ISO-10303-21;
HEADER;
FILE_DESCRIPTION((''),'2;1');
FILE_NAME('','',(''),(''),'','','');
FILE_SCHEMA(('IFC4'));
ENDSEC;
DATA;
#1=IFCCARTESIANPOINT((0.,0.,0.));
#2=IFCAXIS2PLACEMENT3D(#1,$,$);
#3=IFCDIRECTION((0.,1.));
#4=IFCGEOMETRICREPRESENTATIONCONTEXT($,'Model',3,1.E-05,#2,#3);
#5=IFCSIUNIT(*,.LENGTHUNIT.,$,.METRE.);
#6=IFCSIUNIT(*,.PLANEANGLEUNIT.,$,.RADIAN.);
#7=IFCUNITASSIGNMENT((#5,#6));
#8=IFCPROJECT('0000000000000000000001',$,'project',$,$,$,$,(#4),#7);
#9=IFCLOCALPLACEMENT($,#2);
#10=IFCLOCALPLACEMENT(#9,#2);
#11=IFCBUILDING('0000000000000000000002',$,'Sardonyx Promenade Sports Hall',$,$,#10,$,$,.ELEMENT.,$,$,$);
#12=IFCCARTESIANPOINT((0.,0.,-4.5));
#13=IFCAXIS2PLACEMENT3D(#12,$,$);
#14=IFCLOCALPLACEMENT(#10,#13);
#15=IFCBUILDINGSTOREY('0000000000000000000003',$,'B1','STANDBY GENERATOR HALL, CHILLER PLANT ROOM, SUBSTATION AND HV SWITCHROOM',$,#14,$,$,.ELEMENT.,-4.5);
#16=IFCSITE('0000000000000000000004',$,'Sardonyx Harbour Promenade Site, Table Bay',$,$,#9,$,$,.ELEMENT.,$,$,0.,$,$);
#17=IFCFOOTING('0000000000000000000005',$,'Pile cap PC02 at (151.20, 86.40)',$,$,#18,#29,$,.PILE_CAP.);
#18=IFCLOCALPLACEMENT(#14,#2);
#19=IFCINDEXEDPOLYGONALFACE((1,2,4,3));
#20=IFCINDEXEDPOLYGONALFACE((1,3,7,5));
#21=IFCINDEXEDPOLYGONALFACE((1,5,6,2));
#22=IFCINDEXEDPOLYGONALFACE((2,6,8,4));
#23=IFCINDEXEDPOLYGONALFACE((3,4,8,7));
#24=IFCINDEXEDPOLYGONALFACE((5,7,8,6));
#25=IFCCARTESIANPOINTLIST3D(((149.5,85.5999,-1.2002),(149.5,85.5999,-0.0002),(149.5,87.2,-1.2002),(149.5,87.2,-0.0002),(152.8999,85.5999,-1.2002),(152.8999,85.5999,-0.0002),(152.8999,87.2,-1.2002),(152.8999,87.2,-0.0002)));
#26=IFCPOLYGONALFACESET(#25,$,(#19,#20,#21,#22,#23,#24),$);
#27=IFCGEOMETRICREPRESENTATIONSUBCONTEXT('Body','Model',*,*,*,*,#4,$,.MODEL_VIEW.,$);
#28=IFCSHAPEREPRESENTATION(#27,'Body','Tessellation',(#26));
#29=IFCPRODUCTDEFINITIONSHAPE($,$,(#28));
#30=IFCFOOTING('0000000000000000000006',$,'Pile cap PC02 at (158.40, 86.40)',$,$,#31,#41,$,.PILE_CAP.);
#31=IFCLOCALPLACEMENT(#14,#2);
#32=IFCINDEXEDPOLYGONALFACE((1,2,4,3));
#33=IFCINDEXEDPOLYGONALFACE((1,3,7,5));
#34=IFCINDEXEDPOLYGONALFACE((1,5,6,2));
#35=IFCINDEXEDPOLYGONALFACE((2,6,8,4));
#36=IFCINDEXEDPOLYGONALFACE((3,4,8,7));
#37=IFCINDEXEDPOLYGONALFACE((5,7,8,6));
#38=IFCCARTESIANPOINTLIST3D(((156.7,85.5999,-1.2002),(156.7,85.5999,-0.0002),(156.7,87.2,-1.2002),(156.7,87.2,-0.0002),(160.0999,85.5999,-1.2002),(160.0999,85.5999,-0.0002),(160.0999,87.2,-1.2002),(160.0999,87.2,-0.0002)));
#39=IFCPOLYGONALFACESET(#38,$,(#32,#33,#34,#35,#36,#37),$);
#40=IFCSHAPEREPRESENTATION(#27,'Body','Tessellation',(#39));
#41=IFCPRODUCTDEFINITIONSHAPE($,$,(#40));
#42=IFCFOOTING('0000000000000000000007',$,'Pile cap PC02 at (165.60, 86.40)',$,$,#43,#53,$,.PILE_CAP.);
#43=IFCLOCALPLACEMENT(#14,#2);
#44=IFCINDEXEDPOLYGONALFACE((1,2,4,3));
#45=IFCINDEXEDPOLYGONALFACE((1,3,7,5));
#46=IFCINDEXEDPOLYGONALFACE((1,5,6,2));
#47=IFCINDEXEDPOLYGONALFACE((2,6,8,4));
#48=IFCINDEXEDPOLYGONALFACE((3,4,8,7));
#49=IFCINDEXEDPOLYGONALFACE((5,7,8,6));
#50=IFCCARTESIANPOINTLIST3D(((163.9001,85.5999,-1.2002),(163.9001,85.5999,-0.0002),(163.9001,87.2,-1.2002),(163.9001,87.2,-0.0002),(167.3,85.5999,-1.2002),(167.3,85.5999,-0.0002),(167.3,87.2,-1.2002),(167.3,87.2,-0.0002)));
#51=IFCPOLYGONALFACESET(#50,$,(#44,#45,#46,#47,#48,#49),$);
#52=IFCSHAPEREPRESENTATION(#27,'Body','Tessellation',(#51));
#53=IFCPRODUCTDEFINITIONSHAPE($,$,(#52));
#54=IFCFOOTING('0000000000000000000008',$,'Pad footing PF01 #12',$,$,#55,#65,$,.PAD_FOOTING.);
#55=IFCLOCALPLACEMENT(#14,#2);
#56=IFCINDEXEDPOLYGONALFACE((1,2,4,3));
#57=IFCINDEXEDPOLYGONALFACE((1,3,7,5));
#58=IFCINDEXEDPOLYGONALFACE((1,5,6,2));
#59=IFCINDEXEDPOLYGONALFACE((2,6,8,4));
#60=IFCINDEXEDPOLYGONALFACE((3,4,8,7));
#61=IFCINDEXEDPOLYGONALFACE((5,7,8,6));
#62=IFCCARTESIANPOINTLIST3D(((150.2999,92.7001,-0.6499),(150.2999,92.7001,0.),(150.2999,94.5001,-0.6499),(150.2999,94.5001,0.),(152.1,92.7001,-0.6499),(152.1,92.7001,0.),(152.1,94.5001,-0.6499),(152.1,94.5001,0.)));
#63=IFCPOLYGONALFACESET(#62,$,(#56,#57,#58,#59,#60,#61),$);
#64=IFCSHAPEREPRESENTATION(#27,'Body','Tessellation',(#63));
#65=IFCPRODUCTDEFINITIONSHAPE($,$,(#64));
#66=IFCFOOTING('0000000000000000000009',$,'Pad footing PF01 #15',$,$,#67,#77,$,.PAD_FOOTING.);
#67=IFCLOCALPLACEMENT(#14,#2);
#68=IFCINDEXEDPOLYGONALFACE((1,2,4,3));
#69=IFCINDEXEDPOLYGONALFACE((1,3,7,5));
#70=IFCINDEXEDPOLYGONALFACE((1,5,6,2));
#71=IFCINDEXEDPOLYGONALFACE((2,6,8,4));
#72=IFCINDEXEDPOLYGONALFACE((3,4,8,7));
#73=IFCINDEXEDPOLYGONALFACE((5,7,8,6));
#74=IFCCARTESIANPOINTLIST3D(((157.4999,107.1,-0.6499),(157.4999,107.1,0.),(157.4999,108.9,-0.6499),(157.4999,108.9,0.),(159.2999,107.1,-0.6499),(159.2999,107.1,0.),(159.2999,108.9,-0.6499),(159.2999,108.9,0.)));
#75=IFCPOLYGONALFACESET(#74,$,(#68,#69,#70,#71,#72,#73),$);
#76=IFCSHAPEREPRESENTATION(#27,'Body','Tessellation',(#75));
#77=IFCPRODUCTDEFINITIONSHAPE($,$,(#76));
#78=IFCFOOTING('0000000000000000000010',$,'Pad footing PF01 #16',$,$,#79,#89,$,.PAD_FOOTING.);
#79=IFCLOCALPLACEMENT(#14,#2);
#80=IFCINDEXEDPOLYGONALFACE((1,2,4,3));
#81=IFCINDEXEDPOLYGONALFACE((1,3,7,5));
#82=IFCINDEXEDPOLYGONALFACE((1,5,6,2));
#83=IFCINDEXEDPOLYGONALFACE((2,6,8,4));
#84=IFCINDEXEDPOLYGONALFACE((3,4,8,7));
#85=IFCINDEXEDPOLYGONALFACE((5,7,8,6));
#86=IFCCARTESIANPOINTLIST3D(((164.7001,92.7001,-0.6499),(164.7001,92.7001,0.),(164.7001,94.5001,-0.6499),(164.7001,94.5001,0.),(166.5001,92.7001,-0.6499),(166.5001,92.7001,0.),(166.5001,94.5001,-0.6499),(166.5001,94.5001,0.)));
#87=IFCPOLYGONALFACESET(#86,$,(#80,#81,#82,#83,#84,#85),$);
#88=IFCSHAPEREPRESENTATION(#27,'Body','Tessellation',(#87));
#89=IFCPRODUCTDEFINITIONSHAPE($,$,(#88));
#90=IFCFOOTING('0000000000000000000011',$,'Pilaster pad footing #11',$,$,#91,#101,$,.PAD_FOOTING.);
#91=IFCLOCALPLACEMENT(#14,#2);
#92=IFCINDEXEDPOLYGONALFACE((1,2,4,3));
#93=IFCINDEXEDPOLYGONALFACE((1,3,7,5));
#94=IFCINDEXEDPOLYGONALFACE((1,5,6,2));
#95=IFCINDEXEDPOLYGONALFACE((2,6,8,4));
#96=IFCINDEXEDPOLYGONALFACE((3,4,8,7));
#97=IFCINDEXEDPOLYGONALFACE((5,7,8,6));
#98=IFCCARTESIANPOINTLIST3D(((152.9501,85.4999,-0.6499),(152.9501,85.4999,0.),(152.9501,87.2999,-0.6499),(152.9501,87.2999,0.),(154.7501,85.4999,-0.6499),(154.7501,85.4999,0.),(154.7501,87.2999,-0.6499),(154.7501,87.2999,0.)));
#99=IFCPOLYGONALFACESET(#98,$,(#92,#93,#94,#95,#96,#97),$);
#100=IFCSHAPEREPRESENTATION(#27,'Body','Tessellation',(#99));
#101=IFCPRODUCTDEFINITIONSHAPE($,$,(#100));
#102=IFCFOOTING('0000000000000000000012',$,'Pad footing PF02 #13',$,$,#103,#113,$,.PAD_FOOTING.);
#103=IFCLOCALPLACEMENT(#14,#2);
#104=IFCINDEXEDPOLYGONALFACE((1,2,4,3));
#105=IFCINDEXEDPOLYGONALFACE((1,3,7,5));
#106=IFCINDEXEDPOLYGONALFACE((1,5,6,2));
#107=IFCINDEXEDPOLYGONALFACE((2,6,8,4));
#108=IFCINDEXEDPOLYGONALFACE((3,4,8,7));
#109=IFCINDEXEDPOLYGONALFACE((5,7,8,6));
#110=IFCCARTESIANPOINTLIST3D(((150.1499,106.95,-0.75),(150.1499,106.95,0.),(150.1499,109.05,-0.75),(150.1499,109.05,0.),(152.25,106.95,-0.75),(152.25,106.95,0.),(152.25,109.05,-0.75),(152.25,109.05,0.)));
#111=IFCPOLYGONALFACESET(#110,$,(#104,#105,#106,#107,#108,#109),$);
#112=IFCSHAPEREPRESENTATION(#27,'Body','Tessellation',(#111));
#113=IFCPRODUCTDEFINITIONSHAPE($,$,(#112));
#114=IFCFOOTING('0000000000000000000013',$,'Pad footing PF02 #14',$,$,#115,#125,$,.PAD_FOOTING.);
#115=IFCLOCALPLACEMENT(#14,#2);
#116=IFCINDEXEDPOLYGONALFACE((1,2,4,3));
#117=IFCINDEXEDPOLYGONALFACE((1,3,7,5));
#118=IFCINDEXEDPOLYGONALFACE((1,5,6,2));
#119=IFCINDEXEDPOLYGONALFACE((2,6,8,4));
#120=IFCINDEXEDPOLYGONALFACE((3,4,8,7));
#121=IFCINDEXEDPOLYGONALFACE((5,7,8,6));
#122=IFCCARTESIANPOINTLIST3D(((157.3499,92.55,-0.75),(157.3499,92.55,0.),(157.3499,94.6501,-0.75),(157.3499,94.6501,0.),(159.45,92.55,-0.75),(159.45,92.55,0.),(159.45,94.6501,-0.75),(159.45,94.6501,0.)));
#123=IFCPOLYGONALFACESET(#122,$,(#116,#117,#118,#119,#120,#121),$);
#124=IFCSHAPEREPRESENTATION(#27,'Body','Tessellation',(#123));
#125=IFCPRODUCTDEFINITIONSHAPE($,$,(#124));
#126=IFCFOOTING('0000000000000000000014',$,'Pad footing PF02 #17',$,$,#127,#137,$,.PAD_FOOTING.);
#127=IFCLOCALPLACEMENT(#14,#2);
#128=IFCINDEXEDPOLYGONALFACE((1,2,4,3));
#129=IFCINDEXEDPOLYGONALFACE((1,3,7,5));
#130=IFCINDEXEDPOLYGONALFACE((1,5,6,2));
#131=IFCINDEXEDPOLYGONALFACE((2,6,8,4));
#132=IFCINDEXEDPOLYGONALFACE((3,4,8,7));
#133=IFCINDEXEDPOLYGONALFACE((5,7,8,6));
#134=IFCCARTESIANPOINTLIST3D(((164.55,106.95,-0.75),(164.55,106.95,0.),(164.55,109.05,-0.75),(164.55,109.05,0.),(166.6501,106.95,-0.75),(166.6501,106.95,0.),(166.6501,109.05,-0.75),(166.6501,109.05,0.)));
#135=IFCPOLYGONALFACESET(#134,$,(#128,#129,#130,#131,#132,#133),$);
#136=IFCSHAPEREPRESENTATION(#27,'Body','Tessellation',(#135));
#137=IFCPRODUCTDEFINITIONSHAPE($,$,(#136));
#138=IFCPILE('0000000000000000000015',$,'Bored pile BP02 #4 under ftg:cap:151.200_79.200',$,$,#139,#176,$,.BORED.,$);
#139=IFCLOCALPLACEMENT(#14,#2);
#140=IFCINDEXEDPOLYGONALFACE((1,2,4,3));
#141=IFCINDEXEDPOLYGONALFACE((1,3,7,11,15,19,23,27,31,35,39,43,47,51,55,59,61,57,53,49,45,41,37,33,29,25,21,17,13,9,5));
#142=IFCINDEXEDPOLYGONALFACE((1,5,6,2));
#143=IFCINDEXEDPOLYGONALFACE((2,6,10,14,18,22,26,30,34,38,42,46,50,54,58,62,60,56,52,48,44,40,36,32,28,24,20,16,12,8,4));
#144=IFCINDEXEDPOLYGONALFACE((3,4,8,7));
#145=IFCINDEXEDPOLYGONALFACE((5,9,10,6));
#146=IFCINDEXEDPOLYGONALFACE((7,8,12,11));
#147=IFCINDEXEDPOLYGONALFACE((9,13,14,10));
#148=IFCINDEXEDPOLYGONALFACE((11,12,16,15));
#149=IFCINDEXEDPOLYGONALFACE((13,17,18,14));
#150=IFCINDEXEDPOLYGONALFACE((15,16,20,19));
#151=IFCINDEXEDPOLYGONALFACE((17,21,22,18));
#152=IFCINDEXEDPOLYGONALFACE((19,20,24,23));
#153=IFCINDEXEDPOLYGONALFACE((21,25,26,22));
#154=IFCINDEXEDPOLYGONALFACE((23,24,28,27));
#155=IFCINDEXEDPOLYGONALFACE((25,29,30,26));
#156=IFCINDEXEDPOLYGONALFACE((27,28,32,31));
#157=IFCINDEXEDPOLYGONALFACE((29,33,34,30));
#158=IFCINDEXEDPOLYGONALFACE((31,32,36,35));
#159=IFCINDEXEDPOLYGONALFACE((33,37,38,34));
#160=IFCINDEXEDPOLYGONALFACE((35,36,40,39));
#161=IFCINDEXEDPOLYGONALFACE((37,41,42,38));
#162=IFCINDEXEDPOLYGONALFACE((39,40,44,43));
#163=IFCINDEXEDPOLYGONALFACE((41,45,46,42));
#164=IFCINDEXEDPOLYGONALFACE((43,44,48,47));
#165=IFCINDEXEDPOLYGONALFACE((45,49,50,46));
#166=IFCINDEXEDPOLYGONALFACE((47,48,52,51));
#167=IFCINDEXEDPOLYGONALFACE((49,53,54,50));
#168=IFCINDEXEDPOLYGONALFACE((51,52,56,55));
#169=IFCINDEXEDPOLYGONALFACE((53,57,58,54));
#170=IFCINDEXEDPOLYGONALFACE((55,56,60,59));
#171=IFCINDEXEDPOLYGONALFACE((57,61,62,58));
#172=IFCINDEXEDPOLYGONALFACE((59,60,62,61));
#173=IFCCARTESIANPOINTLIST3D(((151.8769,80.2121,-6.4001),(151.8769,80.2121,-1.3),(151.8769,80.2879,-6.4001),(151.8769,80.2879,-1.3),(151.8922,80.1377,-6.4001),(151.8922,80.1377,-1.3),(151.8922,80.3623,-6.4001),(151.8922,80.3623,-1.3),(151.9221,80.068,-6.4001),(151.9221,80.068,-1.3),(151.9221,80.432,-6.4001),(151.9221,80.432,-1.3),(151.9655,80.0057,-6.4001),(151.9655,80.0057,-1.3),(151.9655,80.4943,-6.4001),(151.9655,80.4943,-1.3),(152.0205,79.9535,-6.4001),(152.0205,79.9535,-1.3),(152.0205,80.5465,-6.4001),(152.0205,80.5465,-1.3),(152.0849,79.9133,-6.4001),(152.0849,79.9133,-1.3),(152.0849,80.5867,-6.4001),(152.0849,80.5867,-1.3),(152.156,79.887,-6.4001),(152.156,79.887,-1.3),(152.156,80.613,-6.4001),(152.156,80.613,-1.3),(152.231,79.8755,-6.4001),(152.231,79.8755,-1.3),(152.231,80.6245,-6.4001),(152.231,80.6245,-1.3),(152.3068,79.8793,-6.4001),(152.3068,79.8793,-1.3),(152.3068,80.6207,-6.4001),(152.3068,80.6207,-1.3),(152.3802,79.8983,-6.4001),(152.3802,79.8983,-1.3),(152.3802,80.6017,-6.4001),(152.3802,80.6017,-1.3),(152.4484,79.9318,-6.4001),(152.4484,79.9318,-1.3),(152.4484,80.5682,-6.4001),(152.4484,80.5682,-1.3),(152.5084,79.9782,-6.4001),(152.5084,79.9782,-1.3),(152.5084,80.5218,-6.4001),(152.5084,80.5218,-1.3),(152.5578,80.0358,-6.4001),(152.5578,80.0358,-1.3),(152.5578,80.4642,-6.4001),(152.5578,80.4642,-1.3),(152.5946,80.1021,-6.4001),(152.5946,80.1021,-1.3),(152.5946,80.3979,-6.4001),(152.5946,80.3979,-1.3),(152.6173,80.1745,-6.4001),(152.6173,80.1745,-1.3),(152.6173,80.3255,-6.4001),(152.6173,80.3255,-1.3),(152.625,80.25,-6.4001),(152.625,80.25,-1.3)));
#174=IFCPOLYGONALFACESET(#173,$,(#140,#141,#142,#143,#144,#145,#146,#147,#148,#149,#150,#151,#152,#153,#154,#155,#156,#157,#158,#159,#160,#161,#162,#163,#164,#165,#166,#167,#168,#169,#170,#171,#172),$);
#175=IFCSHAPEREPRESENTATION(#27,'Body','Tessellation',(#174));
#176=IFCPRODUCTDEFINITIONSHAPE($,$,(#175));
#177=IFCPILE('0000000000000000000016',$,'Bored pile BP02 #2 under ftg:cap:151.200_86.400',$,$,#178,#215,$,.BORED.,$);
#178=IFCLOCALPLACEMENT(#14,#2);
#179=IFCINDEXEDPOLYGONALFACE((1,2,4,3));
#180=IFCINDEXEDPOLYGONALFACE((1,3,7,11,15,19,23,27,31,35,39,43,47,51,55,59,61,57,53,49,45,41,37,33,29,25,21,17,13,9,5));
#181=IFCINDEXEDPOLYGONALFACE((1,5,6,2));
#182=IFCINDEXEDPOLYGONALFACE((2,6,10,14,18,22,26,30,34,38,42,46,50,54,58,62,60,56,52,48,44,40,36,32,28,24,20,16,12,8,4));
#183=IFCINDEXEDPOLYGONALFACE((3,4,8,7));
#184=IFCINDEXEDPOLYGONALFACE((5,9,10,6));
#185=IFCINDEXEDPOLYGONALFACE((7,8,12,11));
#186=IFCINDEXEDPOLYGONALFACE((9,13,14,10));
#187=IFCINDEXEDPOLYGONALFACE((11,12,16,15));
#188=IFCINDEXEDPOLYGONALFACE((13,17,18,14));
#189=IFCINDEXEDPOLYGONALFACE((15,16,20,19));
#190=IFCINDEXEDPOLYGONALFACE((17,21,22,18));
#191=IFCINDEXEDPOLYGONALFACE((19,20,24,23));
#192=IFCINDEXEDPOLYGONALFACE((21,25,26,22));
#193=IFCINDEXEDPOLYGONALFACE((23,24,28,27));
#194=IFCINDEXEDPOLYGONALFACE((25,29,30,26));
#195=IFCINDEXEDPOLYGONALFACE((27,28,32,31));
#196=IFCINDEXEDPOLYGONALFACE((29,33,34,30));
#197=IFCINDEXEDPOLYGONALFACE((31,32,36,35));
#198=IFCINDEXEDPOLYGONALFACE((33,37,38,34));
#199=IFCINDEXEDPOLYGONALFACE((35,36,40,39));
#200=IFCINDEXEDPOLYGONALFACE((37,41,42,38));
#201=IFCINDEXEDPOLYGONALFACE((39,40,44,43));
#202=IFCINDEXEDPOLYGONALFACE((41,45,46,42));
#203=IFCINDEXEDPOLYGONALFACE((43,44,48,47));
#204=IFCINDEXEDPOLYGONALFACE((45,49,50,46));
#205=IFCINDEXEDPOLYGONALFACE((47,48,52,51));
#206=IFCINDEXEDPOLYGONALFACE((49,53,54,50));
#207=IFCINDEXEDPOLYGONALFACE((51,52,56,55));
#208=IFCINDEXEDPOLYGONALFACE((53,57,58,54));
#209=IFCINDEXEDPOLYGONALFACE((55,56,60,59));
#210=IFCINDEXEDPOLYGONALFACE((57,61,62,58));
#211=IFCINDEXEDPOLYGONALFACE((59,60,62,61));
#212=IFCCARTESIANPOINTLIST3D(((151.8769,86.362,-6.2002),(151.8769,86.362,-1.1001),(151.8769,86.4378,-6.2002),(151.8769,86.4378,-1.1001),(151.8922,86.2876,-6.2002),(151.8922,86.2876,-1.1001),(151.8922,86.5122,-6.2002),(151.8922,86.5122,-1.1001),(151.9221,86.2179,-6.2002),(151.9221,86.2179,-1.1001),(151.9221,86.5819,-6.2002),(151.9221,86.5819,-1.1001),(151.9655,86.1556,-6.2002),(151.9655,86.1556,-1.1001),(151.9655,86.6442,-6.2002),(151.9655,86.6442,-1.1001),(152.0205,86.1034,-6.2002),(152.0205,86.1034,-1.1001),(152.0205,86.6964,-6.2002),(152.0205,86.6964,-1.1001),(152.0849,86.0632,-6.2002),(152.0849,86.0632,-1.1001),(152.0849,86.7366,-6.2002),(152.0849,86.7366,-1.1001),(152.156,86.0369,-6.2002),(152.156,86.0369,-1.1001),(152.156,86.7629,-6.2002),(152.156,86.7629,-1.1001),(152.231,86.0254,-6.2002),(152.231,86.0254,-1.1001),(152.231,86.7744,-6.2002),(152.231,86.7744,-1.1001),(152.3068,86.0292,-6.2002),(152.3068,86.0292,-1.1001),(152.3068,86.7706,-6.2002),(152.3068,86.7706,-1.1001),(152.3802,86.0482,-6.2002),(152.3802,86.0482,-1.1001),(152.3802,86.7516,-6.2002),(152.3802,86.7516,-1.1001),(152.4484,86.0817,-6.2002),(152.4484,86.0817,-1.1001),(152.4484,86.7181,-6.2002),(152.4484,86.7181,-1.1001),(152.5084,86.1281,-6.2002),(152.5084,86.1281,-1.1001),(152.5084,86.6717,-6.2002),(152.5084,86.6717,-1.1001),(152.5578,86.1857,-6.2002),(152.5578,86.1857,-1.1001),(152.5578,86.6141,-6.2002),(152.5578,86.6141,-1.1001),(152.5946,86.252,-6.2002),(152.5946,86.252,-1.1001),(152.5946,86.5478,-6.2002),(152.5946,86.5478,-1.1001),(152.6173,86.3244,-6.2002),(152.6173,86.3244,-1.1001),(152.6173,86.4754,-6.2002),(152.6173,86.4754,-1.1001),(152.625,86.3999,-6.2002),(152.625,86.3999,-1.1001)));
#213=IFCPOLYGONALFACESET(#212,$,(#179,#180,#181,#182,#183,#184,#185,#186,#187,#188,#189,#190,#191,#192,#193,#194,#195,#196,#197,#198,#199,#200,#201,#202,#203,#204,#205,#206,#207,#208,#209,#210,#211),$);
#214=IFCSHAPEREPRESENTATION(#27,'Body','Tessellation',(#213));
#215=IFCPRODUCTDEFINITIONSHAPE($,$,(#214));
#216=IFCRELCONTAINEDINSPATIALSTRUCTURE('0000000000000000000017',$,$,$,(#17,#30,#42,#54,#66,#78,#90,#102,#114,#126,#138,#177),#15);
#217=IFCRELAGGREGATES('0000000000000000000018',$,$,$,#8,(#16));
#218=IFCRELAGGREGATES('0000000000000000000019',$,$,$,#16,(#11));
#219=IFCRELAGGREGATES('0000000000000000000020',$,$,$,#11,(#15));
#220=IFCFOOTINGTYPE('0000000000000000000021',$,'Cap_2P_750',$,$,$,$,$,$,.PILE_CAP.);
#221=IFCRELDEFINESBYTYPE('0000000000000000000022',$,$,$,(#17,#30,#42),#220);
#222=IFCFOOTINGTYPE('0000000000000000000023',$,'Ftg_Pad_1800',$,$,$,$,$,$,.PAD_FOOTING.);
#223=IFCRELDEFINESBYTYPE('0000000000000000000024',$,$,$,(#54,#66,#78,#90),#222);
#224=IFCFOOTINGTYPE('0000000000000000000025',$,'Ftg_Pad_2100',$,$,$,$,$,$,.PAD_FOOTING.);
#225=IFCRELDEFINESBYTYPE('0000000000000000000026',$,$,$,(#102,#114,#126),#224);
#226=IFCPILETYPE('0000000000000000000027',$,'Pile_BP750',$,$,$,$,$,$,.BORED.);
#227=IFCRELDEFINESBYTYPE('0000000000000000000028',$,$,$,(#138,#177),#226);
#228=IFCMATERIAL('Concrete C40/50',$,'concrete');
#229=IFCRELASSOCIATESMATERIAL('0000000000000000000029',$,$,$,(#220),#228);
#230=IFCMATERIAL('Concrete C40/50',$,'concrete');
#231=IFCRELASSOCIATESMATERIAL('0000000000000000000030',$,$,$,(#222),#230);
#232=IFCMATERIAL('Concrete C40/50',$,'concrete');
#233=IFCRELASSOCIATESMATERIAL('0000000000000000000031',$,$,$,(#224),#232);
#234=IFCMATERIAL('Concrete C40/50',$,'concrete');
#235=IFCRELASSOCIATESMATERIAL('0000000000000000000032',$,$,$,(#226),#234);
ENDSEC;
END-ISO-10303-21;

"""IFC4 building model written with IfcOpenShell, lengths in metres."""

from ifc_helpers import new_model, si_unit, direction, frame, origin, origin_2d, place, context, subcontext, project, spatial, rectangle, circle, extrude, material, material_profile, profile_set, type_object, element, save


model = new_model("IFC4")

# Units and contexts
model_context = context("Model", 3, precision=1e-05, world=origin(), true_north=direction((0.0, 1.0)))
body_context = subcontext(model_context, "Body", "Model", "MODEL_VIEW")
ifc_project = project(units=[si_unit("LENGTHUNIT", "METRE"), si_unit("PLANEANGLEUNIT", "RADIAN")], contexts=[model_context])

# Site, building, storey
site_placement = place(None, origin())
site = spatial("IfcSite", under=ifc_project, at=site_placement, Name="Sardonyx Harbour Promenade Site, Table Bay", CompositionType="ELEMENT", RefElevation=0.0)
building_placement = place(site_placement, origin())
building = spatial("IfcBuilding", under=site, at=building_placement, Name="Sardonyx Promenade Sports Hall", CompositionType="ELEMENT")
storey_placement = place(building_placement, frame((0.0, 0.0, -4.5)))
storey = spatial("IfcBuildingStorey", under=building, at=storey_placement, Name="B1", Description="STANDBY GENERATOR HALL, CHILLER PLANT ROOM, SUBSTATION AND HV SWITCHROOM", CompositionType="ELEMENT", Elevation=-4.5)

# Footings
ifc_material_1 = material(Name="Concrete C40/50", Category="concrete")
footing_type_1 = type_object("IfcFootingType", Name="Cap_2P_750", PredefinedType="PILE_CAP", material=ifc_material_1)
for number, where, z_axis, x_axis, name in (
    (1, (151.2, 86.3999, -1.2002), (0.0, 0.0, 1.0), (1.0, 0.0, 0.0), "Pile cap PC02 at (151.20, 86.40)"),
    (2, (158.3999, 86.3999, -1.2002), (0.0, 0.0, 1.0), (1.0, 0.0, 0.0), "Pile cap PC02 at (158.40, 86.40)"),
    (3, (165.6001, 86.3999, -1.2002), (0.0, 0.0, 1.0), (1.0, 0.0, 0.0), "Pile cap PC02 at (165.60, 86.40)"),
):
    element("IfcFooting", number, at=place(storey_placement, frame(where, z_axis=z_axis, x_axis=x_axis)), inside=storey, type_object=footing_type_1, Name=name, PredefinedType="PILE_CAP", context=body_context, shape_type="SweptSolid", body=[
        extrude(rectangle(XDim=3.3999, YDim=1.6001, at=origin_2d()), origin(), (0.0, 0.0, 1.0), 1.2),
    ])
ifc_material_2 = material(Name="Concrete C40/50", Category="concrete")
footing_type_2 = type_object("IfcFootingType", Name="Ftg_Pad_1800", PredefinedType="PAD_FOOTING", material=ifc_material_2)
for number, where, z_axis, x_axis, name in (
    (4, (151.2, 93.6001, -0.6499), (0.0, 0.0, 1.0), (1.0, 0.0, 0.0), "Pad footing PF01 #12"),
    (5, (158.3999, 108.0, -0.6499), (0.0, 0.0, 1.0), (1.0, 0.0, 0.0), "Pad footing PF01 #15"),
    (6, (165.6001, 93.6001, -0.6499), (0.0, 0.0, 1.0), (1.0, 0.0, 0.0), "Pad footing PF01 #16"),
    (7, (153.8501, 86.3999, -0.6499), (0.0, 0.0, 1.0), (1.0, 0.0, 0.0), "Pilaster pad footing #11"),
):
    element("IfcFooting", number, at=place(storey_placement, frame(where, z_axis=z_axis, x_axis=x_axis)), inside=storey, type_object=footing_type_2, Name=name, PredefinedType="PAD_FOOTING", context=body_context, shape_type="SweptSolid", body=[
        extrude(rectangle(XDim=1.8, YDim=1.8, at=origin_2d()), origin(), (0.0, 0.0, 1.0), 0.6499),
    ])
ifc_material_3 = material(Name="Concrete C40/50", Category="concrete")
footing_type_3 = type_object("IfcFootingType", Name="Ftg_Pad_2100", PredefinedType="PAD_FOOTING", material=ifc_material_3)
for number, where, z_axis, x_axis, name in (
    (8, (151.2, 108.0, -0.75), (0.0, 0.0, 1.0), (1.0, 0.0, 0.0), "Pad footing PF02 #13"),
    (9, (158.3999, 93.6001, -0.75), (0.0, 0.0, 1.0), (1.0, 0.0, 0.0), "Pad footing PF02 #14"),
    (10, (165.6001, 108.0, -0.75), (0.0, 0.0, 1.0), (1.0, 0.0, 0.0), "Pad footing PF02 #17"),
):
    element("IfcFooting", number, at=place(storey_placement, frame(where, z_axis=z_axis, x_axis=x_axis)), inside=storey, type_object=footing_type_3, Name=name, PredefinedType="PAD_FOOTING", context=body_context, shape_type="SweptSolid", body=[
        extrude(rectangle(XDim=2.1001, YDim=2.1001, at=origin_2d()), origin(), (0.0, 0.0, 1.0), 0.75),
    ])

# Piles
ifc_material_4 = material(Name="Concrete C40/50", Category="concrete")
ifc_material_profile_1 = material_profile(ifc_material_4, circle(Radius=0.375, at=origin_2d()))
ifc_profile_set_1 = profile_set([ifc_material_profile_1], Name="Concrete C40/50")
pile_type_1 = type_object("IfcPileType", Name="Pile_BP750", PredefinedType="BORED", material=ifc_profile_set_1)
for number, where, z_axis, x_axis, name in (
    (11, (152.25, 80.25, -1.3), (0.0, 0.0, -1.0), (1.0, 0.0, 0.0), "Bored pile BP02 #4 under ftg:cap:151.200_79.200"),
    (12, (152.25, 86.3999, -1.1001), (0.0, 0.0, -1.0), (1.0, 0.0, 0.0), "Bored pile BP02 #2 under ftg:cap:151.200_86.400"),
):
    element("IfcPile", number, at=place(storey_placement, frame(where, z_axis=z_axis, x_axis=x_axis)), inside=storey, type_object=pile_type_1, Name=name, PredefinedType="BORED", context=body_context, shape_type="SweptSolid", body=[
        extrude(circle(Radius=0.375, at=origin_2d()), origin(), (0.0, 0.0, 1.0), 5.1001),
    ])

save(model, "model.ifc")
